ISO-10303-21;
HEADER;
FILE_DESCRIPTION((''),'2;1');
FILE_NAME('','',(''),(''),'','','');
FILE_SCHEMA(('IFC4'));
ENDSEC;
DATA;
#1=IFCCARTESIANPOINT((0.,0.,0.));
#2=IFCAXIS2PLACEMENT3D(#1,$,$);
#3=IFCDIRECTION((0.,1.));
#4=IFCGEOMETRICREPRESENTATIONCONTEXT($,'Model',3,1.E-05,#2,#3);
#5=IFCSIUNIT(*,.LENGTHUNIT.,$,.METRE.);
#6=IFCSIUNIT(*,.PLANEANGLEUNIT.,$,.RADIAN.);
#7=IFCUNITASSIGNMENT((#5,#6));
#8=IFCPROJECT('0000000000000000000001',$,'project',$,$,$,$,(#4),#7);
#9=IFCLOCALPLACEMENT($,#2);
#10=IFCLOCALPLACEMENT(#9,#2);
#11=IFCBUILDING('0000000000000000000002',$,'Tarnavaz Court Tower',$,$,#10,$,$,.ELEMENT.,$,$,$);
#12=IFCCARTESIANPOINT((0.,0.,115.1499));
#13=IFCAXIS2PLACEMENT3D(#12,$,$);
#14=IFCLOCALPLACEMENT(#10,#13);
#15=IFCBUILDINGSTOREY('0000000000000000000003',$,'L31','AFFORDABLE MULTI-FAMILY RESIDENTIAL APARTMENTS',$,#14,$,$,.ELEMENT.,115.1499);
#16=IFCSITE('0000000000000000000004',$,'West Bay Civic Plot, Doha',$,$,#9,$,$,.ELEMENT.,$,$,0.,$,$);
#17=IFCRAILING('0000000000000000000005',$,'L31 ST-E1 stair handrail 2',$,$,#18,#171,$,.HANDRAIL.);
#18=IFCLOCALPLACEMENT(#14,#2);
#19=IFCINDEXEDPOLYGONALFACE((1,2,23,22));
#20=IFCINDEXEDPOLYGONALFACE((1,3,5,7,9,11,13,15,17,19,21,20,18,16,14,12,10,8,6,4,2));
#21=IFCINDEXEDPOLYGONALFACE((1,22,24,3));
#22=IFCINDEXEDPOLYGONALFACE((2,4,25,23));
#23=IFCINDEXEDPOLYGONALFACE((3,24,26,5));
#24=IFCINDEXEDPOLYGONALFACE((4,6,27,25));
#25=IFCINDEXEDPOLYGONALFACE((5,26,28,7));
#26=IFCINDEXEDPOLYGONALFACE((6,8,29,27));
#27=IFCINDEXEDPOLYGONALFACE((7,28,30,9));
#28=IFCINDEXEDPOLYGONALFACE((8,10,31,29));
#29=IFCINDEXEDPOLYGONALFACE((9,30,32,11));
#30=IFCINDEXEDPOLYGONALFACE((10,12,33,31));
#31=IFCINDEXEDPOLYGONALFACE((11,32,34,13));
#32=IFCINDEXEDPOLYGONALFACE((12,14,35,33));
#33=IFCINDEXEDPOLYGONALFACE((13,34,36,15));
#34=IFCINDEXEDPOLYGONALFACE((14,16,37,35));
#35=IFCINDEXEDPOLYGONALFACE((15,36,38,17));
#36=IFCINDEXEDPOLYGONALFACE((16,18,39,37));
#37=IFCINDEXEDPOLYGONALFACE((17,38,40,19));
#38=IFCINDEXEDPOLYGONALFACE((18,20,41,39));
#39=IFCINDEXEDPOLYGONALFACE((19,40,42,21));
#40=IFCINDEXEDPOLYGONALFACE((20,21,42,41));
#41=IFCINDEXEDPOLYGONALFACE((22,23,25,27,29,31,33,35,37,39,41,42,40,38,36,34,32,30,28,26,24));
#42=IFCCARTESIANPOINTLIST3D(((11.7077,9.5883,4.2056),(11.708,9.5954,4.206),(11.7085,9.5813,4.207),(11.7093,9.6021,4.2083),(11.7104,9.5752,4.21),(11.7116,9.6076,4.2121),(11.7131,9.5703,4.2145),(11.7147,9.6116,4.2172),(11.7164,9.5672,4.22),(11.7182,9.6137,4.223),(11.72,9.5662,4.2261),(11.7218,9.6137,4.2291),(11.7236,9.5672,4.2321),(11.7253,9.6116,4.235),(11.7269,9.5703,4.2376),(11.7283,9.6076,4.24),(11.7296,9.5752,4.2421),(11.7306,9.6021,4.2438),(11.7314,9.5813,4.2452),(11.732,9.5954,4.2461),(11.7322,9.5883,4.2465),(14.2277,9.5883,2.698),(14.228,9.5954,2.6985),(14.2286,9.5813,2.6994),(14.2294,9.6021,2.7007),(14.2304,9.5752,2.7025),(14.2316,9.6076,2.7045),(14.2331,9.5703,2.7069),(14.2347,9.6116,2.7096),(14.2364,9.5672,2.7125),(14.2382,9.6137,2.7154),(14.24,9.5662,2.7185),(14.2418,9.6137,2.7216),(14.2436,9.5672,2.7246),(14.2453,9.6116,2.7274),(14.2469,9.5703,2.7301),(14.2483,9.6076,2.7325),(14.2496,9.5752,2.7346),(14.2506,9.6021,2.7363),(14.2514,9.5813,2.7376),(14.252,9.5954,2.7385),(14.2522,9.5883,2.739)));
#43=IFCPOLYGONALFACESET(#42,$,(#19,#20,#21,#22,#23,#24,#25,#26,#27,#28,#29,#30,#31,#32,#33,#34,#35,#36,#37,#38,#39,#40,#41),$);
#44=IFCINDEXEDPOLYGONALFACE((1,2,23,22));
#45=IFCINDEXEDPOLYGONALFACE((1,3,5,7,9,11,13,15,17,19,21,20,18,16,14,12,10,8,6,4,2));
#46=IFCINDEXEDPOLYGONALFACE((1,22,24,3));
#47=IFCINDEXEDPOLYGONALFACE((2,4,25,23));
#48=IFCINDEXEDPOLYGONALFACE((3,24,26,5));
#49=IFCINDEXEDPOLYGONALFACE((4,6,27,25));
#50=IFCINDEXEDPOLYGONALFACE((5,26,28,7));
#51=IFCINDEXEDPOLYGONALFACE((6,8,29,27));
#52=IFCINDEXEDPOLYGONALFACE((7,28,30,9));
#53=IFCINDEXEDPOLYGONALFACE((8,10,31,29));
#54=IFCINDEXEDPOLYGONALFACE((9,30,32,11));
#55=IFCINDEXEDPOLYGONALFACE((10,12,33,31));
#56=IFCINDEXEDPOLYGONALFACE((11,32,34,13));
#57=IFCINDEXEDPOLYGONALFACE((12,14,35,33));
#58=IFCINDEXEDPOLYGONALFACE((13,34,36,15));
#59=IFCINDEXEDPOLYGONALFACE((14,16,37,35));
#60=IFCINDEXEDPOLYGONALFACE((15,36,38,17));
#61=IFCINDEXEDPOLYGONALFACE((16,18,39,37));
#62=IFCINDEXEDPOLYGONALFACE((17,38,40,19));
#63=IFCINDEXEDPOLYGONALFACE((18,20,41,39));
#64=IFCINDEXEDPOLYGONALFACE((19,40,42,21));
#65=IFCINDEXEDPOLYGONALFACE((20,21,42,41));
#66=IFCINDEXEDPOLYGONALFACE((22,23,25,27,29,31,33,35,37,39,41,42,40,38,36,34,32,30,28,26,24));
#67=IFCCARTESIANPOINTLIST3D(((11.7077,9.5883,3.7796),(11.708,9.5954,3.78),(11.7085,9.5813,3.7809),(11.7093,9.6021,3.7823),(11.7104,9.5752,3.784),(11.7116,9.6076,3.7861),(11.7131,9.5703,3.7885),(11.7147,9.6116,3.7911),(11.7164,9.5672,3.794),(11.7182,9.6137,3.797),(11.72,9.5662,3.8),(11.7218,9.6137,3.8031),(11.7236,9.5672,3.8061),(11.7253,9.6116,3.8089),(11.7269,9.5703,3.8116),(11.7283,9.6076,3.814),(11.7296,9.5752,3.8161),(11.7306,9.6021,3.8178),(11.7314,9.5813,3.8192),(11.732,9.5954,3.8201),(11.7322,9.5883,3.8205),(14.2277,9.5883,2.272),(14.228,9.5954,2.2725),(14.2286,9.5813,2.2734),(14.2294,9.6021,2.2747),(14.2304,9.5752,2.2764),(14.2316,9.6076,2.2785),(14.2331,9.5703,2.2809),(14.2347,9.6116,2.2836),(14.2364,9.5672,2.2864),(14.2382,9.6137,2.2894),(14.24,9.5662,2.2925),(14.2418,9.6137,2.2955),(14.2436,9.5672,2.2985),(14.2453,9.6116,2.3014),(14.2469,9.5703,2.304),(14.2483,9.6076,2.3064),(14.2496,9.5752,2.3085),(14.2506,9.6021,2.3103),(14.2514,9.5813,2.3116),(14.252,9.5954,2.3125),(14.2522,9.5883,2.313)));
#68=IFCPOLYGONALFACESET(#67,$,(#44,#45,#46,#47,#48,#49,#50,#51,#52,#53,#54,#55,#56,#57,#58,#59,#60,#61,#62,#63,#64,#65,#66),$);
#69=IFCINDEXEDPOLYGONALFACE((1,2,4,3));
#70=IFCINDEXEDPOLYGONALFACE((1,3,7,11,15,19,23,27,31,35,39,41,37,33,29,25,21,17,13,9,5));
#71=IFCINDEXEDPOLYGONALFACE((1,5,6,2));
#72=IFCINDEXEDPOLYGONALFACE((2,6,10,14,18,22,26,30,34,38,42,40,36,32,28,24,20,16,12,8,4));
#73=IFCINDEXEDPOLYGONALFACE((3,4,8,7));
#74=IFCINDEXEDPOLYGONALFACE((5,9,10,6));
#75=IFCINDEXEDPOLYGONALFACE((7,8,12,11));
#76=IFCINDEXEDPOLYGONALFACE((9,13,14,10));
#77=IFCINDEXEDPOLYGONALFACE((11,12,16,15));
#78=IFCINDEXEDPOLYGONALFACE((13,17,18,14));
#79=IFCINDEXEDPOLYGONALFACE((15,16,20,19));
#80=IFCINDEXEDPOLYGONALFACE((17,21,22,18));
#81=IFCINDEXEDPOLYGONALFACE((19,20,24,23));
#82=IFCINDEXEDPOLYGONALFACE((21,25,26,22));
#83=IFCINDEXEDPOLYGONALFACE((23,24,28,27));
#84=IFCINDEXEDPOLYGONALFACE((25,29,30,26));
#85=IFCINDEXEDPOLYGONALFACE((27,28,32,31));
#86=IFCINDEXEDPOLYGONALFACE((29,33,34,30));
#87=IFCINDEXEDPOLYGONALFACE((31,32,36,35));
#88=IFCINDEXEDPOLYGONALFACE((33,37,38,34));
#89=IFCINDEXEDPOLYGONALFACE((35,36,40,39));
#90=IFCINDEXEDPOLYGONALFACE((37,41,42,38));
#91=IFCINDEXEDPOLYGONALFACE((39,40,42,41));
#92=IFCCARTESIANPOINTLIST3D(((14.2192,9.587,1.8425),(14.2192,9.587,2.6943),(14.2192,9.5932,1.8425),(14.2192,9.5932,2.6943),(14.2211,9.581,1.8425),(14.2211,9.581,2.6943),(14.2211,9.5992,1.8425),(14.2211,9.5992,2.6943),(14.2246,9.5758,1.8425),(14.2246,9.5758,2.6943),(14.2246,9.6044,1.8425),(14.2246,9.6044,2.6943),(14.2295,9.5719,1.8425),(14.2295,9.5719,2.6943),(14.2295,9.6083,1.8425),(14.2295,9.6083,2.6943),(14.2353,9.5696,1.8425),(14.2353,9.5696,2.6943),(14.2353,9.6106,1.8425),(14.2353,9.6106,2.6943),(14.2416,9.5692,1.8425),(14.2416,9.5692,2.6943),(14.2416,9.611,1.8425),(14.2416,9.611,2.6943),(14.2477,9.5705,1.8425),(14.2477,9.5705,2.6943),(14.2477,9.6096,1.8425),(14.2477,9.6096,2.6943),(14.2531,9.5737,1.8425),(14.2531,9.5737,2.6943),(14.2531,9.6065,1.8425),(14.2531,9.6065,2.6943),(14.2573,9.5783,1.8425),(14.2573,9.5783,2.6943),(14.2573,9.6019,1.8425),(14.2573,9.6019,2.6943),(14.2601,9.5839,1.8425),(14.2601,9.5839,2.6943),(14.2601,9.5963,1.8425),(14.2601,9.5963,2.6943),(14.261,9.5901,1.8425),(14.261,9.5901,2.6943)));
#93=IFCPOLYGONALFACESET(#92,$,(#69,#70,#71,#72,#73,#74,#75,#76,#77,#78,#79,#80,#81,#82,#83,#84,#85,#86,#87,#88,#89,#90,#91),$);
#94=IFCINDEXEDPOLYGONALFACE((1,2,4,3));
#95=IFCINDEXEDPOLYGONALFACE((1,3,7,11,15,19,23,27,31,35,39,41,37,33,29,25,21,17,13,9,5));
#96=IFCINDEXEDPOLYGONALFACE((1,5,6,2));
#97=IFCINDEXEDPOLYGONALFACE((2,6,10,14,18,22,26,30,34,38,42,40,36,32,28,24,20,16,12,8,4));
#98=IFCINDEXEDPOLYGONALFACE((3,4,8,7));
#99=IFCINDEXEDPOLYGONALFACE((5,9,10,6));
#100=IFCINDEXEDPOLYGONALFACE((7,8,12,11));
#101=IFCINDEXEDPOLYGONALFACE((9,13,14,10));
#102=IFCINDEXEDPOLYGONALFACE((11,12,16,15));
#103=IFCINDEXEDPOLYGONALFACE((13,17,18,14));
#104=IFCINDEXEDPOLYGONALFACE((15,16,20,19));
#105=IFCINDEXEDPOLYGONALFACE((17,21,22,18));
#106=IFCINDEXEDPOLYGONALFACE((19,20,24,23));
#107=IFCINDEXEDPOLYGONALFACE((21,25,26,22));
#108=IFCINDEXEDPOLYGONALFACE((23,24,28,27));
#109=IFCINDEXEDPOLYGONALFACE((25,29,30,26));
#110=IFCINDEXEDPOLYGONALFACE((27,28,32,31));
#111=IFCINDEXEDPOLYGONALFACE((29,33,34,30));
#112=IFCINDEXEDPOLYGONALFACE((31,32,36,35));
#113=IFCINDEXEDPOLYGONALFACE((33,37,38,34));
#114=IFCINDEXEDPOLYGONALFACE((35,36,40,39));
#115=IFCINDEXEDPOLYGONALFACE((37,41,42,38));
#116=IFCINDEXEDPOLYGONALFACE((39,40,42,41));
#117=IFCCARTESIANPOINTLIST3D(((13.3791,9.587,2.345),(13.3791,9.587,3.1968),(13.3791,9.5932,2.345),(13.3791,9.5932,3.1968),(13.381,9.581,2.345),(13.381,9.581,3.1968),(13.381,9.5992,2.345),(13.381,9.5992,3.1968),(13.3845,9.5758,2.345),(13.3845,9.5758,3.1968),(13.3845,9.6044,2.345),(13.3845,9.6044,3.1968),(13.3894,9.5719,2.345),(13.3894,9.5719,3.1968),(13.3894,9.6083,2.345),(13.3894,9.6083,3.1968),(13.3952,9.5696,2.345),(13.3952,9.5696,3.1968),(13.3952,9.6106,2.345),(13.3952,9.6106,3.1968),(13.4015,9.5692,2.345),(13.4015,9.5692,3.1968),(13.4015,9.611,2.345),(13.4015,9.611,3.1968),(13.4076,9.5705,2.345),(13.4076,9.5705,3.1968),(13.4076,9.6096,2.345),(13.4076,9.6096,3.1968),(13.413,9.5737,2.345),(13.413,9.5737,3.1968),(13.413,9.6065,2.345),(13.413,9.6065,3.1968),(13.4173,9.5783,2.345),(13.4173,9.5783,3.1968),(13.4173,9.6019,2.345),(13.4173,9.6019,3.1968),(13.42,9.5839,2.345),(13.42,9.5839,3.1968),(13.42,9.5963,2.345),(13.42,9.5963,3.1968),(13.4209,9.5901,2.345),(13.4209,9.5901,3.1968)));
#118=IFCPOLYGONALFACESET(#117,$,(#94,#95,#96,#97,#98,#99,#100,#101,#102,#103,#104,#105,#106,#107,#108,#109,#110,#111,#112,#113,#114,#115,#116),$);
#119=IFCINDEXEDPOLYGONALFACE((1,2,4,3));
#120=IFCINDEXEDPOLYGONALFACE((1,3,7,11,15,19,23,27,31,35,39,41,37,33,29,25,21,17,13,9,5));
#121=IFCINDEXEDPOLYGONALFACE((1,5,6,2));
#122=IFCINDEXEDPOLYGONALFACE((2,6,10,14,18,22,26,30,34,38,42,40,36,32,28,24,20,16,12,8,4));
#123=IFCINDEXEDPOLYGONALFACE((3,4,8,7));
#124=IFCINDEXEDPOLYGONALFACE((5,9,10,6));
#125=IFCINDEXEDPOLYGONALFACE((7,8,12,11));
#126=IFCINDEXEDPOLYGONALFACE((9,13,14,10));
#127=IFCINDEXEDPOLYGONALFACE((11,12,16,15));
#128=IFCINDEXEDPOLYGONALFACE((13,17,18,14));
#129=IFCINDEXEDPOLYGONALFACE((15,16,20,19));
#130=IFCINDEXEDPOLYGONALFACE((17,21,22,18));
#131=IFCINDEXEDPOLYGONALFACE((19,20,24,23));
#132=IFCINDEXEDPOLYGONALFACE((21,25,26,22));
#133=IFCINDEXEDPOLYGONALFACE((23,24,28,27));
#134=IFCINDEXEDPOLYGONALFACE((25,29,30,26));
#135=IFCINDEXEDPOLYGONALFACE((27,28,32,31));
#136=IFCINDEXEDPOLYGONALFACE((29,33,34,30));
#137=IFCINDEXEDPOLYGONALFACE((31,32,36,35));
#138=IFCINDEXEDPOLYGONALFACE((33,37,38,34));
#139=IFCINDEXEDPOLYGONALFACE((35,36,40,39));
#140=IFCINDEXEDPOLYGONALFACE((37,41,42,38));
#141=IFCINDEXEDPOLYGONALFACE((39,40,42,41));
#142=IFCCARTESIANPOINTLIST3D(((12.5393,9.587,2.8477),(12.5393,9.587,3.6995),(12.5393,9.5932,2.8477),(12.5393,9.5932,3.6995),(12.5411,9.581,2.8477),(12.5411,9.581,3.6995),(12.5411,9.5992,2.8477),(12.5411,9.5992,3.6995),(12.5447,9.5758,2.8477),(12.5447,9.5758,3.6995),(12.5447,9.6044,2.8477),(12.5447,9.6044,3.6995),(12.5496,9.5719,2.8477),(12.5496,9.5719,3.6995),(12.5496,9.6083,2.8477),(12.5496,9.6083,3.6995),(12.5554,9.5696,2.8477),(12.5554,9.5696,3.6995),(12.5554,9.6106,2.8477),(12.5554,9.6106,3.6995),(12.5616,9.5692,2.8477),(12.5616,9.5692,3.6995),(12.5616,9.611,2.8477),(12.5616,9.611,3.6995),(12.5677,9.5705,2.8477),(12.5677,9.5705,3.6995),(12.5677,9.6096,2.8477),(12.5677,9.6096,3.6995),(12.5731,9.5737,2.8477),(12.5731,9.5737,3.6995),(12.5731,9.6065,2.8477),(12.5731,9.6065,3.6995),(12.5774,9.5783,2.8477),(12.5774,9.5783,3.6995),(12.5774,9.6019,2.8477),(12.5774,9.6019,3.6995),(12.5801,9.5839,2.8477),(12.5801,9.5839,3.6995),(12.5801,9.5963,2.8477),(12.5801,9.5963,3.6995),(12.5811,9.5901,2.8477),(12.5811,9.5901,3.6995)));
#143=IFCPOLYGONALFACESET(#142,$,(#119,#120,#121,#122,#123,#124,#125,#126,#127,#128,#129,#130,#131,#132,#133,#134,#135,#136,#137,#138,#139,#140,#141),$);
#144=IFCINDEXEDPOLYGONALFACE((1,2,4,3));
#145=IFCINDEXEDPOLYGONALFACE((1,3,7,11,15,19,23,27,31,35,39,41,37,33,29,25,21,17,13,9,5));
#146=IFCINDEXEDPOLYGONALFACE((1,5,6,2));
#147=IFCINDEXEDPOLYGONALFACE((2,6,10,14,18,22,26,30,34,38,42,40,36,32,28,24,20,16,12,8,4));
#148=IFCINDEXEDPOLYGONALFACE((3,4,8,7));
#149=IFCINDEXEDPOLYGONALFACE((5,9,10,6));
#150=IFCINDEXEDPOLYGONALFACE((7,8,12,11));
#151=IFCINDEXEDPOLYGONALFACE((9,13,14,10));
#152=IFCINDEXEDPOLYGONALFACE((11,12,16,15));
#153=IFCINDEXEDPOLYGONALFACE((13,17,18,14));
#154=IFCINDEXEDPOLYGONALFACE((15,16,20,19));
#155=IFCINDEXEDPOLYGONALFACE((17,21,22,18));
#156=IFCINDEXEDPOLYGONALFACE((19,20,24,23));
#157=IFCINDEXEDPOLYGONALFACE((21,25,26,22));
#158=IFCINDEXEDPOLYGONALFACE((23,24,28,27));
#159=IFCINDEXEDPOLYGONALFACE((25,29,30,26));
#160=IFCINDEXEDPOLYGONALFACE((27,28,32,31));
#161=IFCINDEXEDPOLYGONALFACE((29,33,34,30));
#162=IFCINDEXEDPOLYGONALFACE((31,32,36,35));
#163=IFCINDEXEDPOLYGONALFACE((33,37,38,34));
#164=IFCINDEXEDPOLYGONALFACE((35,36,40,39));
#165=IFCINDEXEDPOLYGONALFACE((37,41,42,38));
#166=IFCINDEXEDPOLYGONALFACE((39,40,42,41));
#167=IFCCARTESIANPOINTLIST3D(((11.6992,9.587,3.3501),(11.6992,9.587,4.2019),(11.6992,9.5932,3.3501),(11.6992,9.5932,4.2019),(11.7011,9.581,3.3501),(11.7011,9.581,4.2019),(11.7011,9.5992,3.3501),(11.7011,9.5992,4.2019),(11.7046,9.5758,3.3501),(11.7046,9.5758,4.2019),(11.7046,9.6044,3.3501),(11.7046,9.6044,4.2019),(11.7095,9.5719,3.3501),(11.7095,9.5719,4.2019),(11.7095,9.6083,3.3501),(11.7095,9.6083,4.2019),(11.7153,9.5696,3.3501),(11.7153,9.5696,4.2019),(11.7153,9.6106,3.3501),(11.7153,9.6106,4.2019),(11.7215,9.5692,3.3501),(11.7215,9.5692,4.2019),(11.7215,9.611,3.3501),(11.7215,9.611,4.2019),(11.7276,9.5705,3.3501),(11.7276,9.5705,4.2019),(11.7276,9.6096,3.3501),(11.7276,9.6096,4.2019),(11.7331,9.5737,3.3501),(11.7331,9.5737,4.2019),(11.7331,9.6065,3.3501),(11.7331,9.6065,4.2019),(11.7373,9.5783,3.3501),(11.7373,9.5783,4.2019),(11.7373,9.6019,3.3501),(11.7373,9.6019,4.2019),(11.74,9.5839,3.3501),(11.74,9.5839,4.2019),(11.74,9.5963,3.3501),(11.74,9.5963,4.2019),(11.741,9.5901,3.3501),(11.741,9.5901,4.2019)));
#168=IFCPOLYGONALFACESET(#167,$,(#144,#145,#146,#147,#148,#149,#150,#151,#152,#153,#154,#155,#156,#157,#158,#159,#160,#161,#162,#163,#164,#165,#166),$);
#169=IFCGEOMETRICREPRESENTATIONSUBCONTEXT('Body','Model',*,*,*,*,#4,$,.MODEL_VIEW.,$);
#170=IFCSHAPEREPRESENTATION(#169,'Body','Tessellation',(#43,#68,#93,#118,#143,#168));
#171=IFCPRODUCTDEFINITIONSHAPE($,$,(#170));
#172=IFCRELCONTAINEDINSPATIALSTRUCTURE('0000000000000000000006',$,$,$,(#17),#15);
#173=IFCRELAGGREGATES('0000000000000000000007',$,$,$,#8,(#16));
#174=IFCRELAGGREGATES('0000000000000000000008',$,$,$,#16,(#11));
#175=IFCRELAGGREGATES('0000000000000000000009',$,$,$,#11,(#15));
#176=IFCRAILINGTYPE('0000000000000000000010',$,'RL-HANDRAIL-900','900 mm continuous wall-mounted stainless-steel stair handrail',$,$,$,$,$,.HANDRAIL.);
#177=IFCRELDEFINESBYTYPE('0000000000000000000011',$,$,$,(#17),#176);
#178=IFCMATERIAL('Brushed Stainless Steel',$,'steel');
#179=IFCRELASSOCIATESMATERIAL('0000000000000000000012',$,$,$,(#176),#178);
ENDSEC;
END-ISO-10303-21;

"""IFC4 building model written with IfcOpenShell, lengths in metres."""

from ifc_helpers import new_model, si_unit, direction, frame, origin, origin_2d, place, context, subcontext, project, spatial, circle, extrude, material, type_object, element, save


model = new_model("IFC4")

# Units and contexts
model_context = context("Model", 3, precision=1e-05, world=origin(), true_north=direction((0.0, 1.0)))
body_context = subcontext(model_context, "Body", "Model", "MODEL_VIEW")
ifc_project = project(units=[si_unit("LENGTHUNIT", "METRE"), si_unit("PLANEANGLEUNIT", "RADIAN")], contexts=[model_context])

# Site, building, storey
site_placement = place(None, origin())
site = spatial("IfcSite", under=ifc_project, at=site_placement, Name="West Bay Civic Plot, Doha", CompositionType="ELEMENT", RefElevation=0.0)
building_placement = place(site_placement, origin())
building = spatial("IfcBuilding", under=site, at=building_placement, Name="Tarnavaz Court Tower", CompositionType="ELEMENT")
storey_placement = place(building_placement, frame((0.0, 0.0, 115.1499)))
storey = spatial("IfcBuildingStorey", under=building, at=storey_placement, Name="L31", Description="AFFORDABLE MULTI-FAMILY RESIDENTIAL APARTMENTS", CompositionType="ELEMENT", Elevation=115.1499)

# Railing
ifc_material_1 = material(Name="Brushed Stainless Steel", Category="steel")
railing_type_1 = type_object("IfcRailingType", Name="RL-HANDRAIL-900", Description="900 mm continuous wall-mounted stainless-steel stair handrail", PredefinedType="HANDRAIL", material=ifc_material_1)
railing_1_placement = place(storey_placement, frame((14.24, 9.5901, 1.8425)))
element("IfcRailing", 1, at=railing_1_placement, inside=storey, type_object=railing_type_1, Name="L31 ST-E1 stair handrail 2", PredefinedType="HANDRAIL", context=body_context, shape_type="SweptSolid", body=[
    extrude(circle(Radius=0.0239, at=origin_2d()), frame((0.0, 0.0, 0.876), z_axis=(-0.85816, 0.0, 0.513383), x_axis=(0.0, -1.0, 0.0)), (0.0, 0.0, 1.0), 2.9365),
    extrude(circle(Radius=0.0239, at=origin_2d()), frame((0.0, 0.0, 0.45), z_axis=(-0.85816, 0.0, 0.513383), x_axis=(0.0, -1.0, 0.0)), (0.0, 0.0, 1.0), 2.9365),
    extrude(circle(Radius=0.021, at=origin_2d()), origin(), (0.0, 0.0, 1.0), 0.8518),
    extrude(circle(Radius=0.021, at=origin_2d()), frame((-0.8401, 0.0, 0.5024)), (0.0, 0.0, 1.0), 0.8518),
    extrude(circle(Radius=0.021, at=origin_2d()), frame((-1.6799, 0.0, 1.0051)), (0.0, 0.0, 1.0), 0.8518),
    extrude(circle(Radius=0.021, at=origin_2d()), frame((-2.52, 0.0, 1.5076)), (0.0, 0.0, 1.0), 0.8518),
])

save(model, "model.ifc")
